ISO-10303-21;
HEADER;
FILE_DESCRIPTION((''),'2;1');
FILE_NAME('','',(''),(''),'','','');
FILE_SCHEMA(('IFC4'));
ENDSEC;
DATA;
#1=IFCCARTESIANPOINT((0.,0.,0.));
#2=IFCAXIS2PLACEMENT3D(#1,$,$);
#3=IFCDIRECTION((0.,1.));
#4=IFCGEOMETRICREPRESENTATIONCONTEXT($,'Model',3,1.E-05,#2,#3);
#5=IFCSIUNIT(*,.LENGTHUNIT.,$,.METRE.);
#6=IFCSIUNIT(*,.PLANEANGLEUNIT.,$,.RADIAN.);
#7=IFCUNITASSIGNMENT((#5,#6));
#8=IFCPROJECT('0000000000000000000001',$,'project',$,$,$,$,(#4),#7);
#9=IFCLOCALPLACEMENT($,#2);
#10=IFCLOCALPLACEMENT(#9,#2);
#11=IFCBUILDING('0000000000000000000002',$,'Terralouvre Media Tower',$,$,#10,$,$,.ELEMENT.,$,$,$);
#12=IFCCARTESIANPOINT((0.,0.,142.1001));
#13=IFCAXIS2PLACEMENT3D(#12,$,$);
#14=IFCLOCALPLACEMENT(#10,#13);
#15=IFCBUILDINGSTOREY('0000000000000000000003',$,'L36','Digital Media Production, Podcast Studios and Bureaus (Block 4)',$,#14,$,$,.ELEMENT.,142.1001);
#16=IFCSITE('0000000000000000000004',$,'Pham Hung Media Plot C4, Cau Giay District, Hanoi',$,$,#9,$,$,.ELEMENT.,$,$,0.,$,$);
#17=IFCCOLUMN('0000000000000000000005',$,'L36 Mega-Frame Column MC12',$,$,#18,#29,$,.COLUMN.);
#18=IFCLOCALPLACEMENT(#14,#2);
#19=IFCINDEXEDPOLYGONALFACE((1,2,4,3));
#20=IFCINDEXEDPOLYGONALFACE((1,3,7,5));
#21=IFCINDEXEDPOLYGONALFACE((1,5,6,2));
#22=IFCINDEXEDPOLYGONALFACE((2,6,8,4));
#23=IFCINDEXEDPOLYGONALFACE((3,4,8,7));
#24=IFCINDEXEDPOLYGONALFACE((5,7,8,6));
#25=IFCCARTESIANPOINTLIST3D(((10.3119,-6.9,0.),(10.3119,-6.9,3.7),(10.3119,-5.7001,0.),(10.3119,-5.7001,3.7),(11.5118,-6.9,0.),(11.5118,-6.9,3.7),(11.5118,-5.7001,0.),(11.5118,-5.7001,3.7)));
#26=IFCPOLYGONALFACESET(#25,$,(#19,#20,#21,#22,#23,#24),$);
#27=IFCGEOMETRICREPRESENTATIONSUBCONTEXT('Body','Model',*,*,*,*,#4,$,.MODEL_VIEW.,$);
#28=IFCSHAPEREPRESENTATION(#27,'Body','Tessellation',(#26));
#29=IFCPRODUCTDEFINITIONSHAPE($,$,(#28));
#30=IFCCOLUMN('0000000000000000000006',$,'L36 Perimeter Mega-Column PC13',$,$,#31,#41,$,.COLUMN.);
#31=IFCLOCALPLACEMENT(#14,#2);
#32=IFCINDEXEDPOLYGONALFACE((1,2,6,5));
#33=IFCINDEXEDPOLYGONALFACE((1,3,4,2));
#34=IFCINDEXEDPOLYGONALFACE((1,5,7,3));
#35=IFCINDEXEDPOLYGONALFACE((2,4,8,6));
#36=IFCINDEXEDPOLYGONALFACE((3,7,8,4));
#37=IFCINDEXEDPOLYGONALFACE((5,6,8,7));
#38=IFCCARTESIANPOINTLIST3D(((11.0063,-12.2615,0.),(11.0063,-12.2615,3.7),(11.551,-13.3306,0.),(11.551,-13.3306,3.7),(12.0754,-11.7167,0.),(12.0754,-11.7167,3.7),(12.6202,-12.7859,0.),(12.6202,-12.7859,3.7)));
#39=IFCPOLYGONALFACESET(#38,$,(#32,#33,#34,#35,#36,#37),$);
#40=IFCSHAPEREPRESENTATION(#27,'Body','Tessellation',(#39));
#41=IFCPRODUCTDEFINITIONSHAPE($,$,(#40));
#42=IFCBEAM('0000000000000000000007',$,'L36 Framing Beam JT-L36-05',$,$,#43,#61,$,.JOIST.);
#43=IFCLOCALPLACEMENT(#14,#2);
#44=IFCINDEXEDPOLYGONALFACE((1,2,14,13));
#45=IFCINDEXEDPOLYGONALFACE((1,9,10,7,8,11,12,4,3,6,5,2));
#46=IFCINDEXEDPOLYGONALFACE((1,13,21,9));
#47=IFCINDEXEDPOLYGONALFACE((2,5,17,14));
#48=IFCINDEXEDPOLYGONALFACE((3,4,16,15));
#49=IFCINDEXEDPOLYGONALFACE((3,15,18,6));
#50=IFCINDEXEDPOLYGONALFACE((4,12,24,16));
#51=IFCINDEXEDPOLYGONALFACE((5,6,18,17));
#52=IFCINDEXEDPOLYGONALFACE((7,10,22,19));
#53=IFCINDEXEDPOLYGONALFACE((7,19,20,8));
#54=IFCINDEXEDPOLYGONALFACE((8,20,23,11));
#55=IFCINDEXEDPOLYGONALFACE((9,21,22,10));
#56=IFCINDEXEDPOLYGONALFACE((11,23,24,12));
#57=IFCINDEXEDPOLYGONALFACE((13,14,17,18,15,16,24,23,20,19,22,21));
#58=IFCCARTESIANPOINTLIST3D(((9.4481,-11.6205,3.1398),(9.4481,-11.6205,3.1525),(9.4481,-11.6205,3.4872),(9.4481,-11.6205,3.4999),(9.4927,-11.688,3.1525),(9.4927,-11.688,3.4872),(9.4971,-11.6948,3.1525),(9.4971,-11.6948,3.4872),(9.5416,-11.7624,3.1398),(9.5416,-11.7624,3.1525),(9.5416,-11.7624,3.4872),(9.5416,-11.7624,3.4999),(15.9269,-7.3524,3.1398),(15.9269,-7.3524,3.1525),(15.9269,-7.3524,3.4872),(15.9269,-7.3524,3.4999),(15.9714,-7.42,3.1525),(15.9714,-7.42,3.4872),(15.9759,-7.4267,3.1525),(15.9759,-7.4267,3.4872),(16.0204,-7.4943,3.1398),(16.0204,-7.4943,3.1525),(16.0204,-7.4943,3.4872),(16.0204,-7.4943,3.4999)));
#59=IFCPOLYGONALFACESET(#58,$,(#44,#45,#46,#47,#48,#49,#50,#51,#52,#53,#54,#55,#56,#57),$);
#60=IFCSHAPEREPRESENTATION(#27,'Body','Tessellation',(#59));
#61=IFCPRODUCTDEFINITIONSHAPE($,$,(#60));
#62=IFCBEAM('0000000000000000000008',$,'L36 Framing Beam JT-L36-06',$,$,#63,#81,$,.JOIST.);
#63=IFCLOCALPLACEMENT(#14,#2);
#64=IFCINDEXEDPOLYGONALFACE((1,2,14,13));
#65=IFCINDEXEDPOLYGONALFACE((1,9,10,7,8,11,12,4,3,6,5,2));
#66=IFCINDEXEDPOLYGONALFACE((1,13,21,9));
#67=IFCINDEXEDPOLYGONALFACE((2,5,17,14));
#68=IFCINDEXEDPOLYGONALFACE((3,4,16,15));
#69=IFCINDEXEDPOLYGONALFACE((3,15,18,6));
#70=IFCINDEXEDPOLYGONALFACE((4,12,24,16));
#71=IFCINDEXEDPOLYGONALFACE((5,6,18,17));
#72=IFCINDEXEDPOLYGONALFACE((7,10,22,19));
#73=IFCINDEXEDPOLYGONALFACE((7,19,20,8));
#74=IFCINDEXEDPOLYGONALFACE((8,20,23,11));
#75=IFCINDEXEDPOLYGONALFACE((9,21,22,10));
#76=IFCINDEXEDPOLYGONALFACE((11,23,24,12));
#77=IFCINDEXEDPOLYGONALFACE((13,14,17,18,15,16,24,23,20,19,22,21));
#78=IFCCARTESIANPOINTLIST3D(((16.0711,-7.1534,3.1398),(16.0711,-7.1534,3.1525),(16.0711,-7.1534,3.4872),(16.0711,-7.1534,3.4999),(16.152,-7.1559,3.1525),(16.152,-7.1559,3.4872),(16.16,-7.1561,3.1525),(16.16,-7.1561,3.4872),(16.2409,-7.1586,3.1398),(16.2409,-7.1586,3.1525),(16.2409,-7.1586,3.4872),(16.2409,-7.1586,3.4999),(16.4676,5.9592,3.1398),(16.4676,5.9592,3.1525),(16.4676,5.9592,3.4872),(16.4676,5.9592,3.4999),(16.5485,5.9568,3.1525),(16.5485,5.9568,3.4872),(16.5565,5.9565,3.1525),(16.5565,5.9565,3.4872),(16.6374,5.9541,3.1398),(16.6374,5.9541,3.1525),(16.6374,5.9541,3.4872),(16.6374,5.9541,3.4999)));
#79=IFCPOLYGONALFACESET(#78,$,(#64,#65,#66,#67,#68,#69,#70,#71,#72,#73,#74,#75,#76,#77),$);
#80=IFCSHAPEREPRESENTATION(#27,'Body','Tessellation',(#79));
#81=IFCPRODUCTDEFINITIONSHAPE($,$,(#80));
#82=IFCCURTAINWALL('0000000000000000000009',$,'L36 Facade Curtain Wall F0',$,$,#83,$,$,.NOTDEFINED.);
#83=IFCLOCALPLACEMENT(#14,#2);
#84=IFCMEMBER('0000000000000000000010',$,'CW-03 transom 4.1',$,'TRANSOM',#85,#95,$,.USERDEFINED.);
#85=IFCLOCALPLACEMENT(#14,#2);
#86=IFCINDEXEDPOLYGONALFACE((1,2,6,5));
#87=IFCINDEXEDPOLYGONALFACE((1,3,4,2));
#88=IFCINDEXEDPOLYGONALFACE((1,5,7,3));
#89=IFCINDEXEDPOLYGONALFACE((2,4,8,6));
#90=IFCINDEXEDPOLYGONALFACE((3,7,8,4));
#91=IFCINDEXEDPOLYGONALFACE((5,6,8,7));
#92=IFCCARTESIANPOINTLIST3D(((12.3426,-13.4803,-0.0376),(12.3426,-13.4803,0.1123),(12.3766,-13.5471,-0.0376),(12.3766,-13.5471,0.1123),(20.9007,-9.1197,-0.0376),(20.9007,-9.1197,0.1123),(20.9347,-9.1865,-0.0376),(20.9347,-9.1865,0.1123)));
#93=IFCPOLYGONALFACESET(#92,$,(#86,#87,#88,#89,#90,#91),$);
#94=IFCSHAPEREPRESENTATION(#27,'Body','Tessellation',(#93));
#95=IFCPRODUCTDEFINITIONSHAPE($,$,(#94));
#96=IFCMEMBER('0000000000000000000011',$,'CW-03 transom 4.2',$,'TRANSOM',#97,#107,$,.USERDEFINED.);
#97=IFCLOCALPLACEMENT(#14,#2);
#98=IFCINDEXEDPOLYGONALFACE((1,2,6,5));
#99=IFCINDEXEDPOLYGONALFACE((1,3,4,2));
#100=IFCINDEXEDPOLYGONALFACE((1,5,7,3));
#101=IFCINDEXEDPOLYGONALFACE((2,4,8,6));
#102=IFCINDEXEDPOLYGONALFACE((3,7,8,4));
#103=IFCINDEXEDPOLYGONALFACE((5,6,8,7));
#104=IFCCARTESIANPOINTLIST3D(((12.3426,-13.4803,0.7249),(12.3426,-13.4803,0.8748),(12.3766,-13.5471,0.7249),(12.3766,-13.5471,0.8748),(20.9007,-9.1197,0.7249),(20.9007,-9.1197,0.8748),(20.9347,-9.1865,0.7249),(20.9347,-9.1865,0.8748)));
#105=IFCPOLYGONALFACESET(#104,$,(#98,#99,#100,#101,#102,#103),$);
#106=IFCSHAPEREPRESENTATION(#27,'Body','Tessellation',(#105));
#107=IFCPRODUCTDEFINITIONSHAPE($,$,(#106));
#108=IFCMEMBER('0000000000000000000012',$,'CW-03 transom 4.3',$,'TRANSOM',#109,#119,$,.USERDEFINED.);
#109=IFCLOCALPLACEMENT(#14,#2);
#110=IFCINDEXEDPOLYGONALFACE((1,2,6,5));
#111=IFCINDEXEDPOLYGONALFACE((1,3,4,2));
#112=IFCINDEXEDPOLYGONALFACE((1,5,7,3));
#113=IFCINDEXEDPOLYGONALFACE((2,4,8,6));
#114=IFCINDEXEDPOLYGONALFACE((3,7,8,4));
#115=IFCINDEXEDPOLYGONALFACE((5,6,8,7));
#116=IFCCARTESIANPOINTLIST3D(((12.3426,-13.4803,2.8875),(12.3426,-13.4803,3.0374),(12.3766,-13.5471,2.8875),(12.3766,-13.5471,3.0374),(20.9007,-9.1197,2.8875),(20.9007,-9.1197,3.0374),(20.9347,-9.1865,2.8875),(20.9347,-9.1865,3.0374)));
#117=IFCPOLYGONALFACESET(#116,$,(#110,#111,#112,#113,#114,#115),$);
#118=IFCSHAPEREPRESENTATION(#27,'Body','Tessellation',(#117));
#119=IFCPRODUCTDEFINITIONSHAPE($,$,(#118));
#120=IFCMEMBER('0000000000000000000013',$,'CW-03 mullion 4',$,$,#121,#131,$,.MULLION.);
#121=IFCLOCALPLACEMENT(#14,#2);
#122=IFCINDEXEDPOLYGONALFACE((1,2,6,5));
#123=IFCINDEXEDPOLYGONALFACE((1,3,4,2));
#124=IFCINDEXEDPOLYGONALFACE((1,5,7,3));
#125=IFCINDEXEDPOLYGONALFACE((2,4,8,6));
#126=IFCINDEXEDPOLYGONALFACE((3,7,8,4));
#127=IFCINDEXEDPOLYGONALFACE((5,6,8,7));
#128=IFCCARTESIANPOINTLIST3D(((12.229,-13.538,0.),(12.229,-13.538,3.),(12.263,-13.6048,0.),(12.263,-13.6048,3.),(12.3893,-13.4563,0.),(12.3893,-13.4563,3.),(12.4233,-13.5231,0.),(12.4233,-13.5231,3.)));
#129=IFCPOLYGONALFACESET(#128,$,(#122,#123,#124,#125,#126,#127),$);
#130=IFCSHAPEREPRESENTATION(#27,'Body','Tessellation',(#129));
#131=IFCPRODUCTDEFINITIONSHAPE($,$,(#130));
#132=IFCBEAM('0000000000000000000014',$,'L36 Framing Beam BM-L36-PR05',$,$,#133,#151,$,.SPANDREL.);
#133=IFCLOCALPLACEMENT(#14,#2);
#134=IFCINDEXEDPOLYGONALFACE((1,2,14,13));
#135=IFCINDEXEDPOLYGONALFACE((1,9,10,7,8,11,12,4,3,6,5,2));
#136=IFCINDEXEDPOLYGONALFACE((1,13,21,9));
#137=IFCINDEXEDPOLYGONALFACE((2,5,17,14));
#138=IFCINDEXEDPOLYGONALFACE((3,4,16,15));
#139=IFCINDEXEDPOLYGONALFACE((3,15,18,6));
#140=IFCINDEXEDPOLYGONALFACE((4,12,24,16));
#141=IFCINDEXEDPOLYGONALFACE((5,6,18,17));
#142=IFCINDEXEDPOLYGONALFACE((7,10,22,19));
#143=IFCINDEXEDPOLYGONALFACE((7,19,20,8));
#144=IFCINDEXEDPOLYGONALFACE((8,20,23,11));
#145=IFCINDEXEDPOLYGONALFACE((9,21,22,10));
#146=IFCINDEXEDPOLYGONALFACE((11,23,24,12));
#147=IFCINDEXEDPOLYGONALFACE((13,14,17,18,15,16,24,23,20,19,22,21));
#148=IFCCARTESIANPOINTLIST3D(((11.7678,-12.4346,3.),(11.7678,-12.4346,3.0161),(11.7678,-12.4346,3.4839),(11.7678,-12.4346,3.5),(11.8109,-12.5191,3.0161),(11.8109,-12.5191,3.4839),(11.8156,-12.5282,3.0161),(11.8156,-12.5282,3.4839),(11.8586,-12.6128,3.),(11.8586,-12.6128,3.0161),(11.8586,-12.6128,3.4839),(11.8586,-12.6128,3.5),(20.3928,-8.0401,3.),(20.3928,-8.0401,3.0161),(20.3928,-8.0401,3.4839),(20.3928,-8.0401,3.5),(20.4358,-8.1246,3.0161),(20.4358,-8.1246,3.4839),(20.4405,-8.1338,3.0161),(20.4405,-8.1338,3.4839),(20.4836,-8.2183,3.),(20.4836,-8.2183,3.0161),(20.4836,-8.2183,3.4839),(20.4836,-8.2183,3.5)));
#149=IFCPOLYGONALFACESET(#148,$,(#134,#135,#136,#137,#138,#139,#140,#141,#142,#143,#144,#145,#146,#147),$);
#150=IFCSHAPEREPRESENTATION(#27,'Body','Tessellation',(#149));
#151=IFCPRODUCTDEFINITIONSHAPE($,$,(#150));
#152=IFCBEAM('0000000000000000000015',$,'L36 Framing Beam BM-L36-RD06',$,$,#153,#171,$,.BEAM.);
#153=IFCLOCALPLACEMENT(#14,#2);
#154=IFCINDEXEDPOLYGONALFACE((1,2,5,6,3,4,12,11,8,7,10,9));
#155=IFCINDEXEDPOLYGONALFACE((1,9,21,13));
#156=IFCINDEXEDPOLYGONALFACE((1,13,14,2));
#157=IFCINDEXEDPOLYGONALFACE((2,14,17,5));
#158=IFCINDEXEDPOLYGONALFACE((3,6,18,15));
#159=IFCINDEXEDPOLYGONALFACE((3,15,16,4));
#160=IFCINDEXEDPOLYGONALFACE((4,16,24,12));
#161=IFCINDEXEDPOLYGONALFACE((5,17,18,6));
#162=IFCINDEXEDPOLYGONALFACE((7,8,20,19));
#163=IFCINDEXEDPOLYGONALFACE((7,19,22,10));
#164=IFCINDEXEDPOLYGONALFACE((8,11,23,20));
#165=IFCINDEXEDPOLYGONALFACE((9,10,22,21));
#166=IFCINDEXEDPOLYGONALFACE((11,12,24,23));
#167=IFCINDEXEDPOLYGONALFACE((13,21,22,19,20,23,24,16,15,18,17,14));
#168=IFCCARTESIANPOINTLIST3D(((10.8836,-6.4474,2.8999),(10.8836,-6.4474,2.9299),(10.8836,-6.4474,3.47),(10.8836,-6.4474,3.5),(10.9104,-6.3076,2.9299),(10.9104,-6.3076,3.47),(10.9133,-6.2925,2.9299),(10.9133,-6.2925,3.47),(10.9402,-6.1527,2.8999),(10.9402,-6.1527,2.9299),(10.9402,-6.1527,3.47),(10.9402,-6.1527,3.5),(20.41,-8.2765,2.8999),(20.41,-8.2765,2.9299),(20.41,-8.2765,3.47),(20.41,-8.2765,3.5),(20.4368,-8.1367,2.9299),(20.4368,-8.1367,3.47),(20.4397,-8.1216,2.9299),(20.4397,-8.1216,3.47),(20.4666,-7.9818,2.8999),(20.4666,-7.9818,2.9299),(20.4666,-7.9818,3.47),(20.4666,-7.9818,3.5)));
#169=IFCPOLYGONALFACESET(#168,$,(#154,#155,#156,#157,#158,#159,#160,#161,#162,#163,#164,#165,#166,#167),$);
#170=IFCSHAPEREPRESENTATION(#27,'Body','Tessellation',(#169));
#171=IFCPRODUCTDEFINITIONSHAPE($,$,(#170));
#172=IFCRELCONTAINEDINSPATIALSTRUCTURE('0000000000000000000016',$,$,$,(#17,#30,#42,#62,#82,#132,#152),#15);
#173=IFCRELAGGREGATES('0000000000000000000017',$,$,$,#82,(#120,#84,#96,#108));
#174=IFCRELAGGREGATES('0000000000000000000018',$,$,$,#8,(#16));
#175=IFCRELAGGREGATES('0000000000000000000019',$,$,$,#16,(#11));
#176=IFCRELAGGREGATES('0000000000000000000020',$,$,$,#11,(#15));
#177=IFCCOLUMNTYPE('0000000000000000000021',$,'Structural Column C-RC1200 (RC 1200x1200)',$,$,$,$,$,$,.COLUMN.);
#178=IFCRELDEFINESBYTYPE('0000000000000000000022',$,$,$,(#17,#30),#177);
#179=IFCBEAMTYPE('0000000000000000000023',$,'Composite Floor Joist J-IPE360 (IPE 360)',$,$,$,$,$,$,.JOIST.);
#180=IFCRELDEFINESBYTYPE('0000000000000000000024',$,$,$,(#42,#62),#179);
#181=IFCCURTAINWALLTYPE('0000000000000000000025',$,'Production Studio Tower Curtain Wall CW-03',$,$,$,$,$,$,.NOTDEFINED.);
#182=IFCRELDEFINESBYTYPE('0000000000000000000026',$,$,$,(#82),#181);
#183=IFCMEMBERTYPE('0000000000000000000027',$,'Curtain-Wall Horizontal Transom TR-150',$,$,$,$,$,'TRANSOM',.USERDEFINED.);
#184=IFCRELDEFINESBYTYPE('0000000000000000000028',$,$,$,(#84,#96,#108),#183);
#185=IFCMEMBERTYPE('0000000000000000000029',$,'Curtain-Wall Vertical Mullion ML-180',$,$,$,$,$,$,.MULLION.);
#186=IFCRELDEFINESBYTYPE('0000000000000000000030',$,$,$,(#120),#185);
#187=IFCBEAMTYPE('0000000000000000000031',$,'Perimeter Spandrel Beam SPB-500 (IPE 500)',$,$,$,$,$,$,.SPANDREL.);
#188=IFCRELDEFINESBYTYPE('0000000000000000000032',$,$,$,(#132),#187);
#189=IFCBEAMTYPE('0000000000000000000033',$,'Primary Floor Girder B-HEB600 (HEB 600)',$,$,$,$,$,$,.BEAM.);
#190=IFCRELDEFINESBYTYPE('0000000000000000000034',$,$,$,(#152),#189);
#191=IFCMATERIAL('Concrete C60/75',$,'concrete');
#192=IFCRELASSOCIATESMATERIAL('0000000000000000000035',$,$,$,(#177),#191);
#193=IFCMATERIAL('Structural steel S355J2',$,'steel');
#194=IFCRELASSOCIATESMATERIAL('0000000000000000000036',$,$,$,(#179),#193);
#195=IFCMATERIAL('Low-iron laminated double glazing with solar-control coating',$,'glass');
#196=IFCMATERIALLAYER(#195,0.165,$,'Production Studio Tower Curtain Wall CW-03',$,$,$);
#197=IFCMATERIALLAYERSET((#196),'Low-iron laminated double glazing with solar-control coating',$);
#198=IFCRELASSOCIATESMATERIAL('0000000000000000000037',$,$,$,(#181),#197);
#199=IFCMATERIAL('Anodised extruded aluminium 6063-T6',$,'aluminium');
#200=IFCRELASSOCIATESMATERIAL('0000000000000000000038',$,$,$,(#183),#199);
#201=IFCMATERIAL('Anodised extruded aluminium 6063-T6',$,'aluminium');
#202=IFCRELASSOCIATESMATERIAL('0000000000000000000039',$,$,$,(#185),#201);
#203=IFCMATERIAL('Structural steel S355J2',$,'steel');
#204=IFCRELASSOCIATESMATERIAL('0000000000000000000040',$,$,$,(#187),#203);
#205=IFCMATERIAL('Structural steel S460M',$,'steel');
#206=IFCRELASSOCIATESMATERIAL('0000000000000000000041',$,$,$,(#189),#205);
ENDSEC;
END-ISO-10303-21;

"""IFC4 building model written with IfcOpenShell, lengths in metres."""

from ifc_helpers import new_model, si_unit, direction, frame, origin, origin_2d, place, context, subcontext, project, spatial, rectangle, i_section, extrude, material, layer, layer_set, material_profile, profile_set, type_object, element, aggregate, save


model = new_model("IFC4")

# Units and contexts
model_context = context("Model", 3, precision=1e-05, world=origin(), true_north=direction((0.0, 1.0)))
body_context = subcontext(model_context, "Body", "Model", "MODEL_VIEW")
ifc_project = project(units=[si_unit("LENGTHUNIT", "METRE"), si_unit("PLANEANGLEUNIT", "RADIAN")], contexts=[model_context])

# Site, building, storey
site_placement = place(None, origin())
site = spatial("IfcSite", under=ifc_project, at=site_placement, Name="Pham Hung Media Plot C4, Cau Giay District, Hanoi", CompositionType="ELEMENT", RefElevation=0.0)
building_placement = place(site_placement, origin())
building = spatial("IfcBuilding", under=site, at=building_placement, Name="Terralouvre Media Tower", CompositionType="ELEMENT")
storey_placement = place(building_placement, frame((0.0, 0.0, 142.1001)))
storey = spatial("IfcBuildingStorey", under=building, at=storey_placement, Name="L36", Description="Digital Media Production, Podcast Studios and Bureaus (Block 4)", CompositionType="ELEMENT", Elevation=142.1001)

# Columns
ifc_material_1 = material(Name="Concrete C60/75", Category="concrete")
ifc_material_profile_1 = material_profile(ifc_material_1, rectangle(XDim=1.2, YDim=1.2, at=origin_2d()), Name="RC 1200x1200")
ifc_profile_set_1 = profile_set([ifc_material_profile_1], Name="Concrete C60/75")
column_type = type_object("IfcColumnType", Name="Structural Column C-RC1200 (RC 1200x1200)", PredefinedType="COLUMN", material=ifc_profile_set_1)
for number, where, z_axis, x_axis, name in (
    (1, (10.9119, -6.3, 0.0), (0.0, 0.0, 1.0), (1.0, 0.0, 0.0), "L36 Mega-Frame Column MC12"),
    (2, (11.8132, -12.5237, 0.0), (0.0, 0.0, 1.0), (0.891007, 0.45399, 0.0), "L36 Perimeter Mega-Column PC13"),
):
    element("IfcColumn", number, at=place(storey_placement, frame(where, z_axis=z_axis, x_axis=x_axis)), inside=storey, type_object=column_type, Name=name, PredefinedType="COLUMN", context=body_context, shape_type="SweptSolid", body=[
        extrude(rectangle(XDim=1.2, YDim=1.2, at=origin_2d()), origin(), (0.0, 0.0, 1.0), 3.7),
    ])

# Beams
ifc_material_2 = material(Name="Structural steel S355J2", Category="steel")
ifc_material_profile_2 = material_profile(ifc_material_2, i_section(OverallWidth=0.1699, OverallDepth=0.3601, WebThickness=0.0081, FlangeThickness=0.0127, at=origin_2d()), Name="IPE 360")
ifc_profile_set_2 = profile_set([ifc_material_profile_2], Name="Structural steel S355J2")
beam_type_1 = type_object("IfcBeamType", Name="Composite Floor Joist J-IPE360 (IPE 360)", PredefinedType="JOIST", material=ifc_profile_set_2)
beam_1_placement = place(storey_placement, frame((9.4949, -11.6914, 3.3198), z_axis=(0.835078, 0.550131, 0.0), x_axis=(-0.550131, 0.835078, 0.0)))
element("IfcBeam", 3, at=beam_1_placement, inside=storey, type_object=beam_type_1, Name="L36 Framing Beam JT-L36-05", PredefinedType="JOIST", context=body_context, shape_type="SweptSolid", body=[
    extrude(i_section(OverallWidth=0.1699, OverallDepth=0.3601, WebThickness=0.0081, FlangeThickness=0.0127, at=origin_2d()), origin(), (0.0, 0.0, 1.0), 7.7583),
])
beam_2_placement = place(storey_placement, frame((16.156, -7.156, 3.3198), z_axis=(0.030223, 0.999543, 0.0), x_axis=(-0.999543, 0.030223, 0.0)))
element("IfcBeam", 4, at=beam_2_placement, inside=storey, type_object=beam_type_1, Name="L36 Framing Beam JT-L36-06", PredefinedType="JOIST", context=body_context, shape_type="SweptSolid", body=[
    extrude(i_section(OverallWidth=0.1699, OverallDepth=0.3601, WebThickness=0.0081, FlangeThickness=0.0127, at=origin_2d()), origin(), (0.0, 0.0, 1.0), 13.1187),
])

# Curtain wall, members
ifc_material_3 = material(Name="Low-iron laminated double glazing with solar-control coating", Category="glass")
ifc_layer_1 = layer(ifc_material_3, 0.165, Name="Production Studio Tower Curtain Wall CW-03")
ifc_layer_set_1 = layer_set([ifc_layer_1], Name="Low-iron laminated double glazing with solar-control coating")
curtain_wall_type = type_object("IfcCurtainWallType", Name="Production Studio Tower Curtain Wall CW-03", PredefinedType="NOTDEFINED", material=ifc_layer_set_1)
curtain_wall_placement = place(storey_placement, origin())
curtain_wall = element("IfcCurtainWall", 5, at=curtain_wall_placement, inside=storey, type_object=curtain_wall_type, Name="L36 Facade Curtain Wall F0", PredefinedType="NOTDEFINED")
ifc_material_4 = material(Name="Anodised extruded aluminium 6063-T6", Category="aluminium")
ifc_material_profile_3 = material_profile(ifc_material_4, rectangle(XDim=0.075, YDim=0.1499, at=origin_2d()), Name="ALU 75x150")
ifc_profile_set_3 = profile_set([ifc_material_profile_3], Name="Anodised extruded aluminium 6063-T6")
member_type_1 = type_object("IfcMemberType", Name="Curtain-Wall Horizontal Transom TR-150", ElementType="TRANSOM", PredefinedType="USERDEFINED", material=ifc_profile_set_3)
member_1_placement = place(storey_placement, frame((12.3596, -13.5137, 0.0374), z_axis=(0.891006, 0.453992, 0.0), x_axis=(-0.453992, 0.891006, 0.0)))
member_1 = element("IfcMember", 6, at=member_1_placement, type_object=member_type_1, Name="CW-03 transom 4.1", ObjectType="TRANSOM", PredefinedType="USERDEFINED", context=body_context, shape_type="SweptSolid", body=[
    extrude(rectangle(XDim=0.075, YDim=0.1499, at=origin_2d()), origin(), (0.0, 0.0, 1.0), 9.605),
])
member_2_placement = place(storey_placement, frame((12.3596, -13.5137, 0.7998), z_axis=(0.891006, 0.453992, 0.0), x_axis=(-0.453992, 0.891006, 0.0)))
member_2 = element("IfcMember", 7, at=member_2_placement, type_object=member_type_1, Name="CW-03 transom 4.2", ObjectType="TRANSOM", PredefinedType="USERDEFINED", context=body_context, shape_type="SweptSolid", body=[
    extrude(rectangle(XDim=0.075, YDim=0.1499, at=origin_2d()), origin(), (0.0, 0.0, 1.0), 9.605),
])
member_3_placement = place(storey_placement, frame((12.3596, -13.5137, 2.9624), z_axis=(0.891006, 0.453992, 0.0), x_axis=(-0.453992, 0.891006, 0.0)))
member_3 = element("IfcMember", 8, at=member_3_placement, type_object=member_type_1, Name="CW-03 transom 4.3", ObjectType="TRANSOM", PredefinedType="USERDEFINED", context=body_context, shape_type="SweptSolid", body=[
    extrude(rectangle(XDim=0.075, YDim=0.1499, at=origin_2d()), origin(), (0.0, 0.0, 1.0), 9.605),
])
ifc_material_5 = material(Name="Anodised extruded aluminium 6063-T6", Category="aluminium")
ifc_material_profile_4 = material_profile(ifc_material_5, rectangle(XDim=0.075, YDim=0.1799, at=origin_2d()), Name="ALU 75x180")
ifc_profile_set_4 = profile_set([ifc_material_profile_4], Name="Anodised extruded aluminium 6063-T6")
member_type_2 = type_object("IfcMemberType", Name="Curtain-Wall Vertical Mullion ML-180", PredefinedType="MULLION", material=ifc_profile_set_4)
member_4_placement = place(storey_placement, frame((12.3262, -13.5305, 0.0), z_axis=(0.0, 0.0, 1.0), x_axis=(-0.453991, 0.891007, 0.0)))
member_4 = element("IfcMember", 9, at=member_4_placement, type_object=member_type_2, Name="CW-03 mullion 4", PredefinedType="MULLION", context=body_context, shape_type="SweptSolid", body=[
    extrude(rectangle(XDim=0.075, YDim=0.1799, at=origin_2d()), origin(), (0.0, 0.0, 1.0), 3.0),
])

# Beams
ifc_material_6 = material(Name="Structural steel S355J2", Category="steel")
ifc_material_profile_5 = material_profile(ifc_material_6, i_section(OverallWidth=0.2, OverallDepth=0.5, WebThickness=0.0103, FlangeThickness=0.0161, at=origin_2d()), Name="IPE 500")
ifc_profile_set_5 = profile_set([ifc_material_profile_5], Name="Structural steel S355J2")
beam_type_2 = type_object("IfcBeamType", Name="Perimeter Spandrel Beam SPB-500 (IPE 500)", PredefinedType="SPANDREL", material=ifc_profile_set_5)
beam_3_placement = place(storey_placement, frame((11.8132, -12.5237, 3.25), z_axis=(0.891012, 0.45398, 0.0), x_axis=(-0.45398, 0.891012, 0.0)))
element("IfcBeam", 10, at=beam_3_placement, inside=storey, type_object=beam_type_2, Name="L36 Framing Beam BM-L36-PR05", PredefinedType="SPANDREL", context=body_context, shape_type="SweptSolid", body=[
    extrude(i_section(OverallWidth=0.2, OverallDepth=0.5, WebThickness=0.0103, FlangeThickness=0.0161, at=origin_2d()), origin(), (0.0, 0.0, 1.0), 9.6799),
])
ifc_material_7 = material(Name="Structural steel S460M", Category="steel")
ifc_material_profile_6 = material_profile(ifc_material_7, i_section(OverallWidth=0.3, OverallDepth=0.6001, WebThickness=0.0154, FlangeThickness=0.03, at=origin_2d()), Name="HEB 600")
ifc_profile_set_6 = profile_set([ifc_material_profile_6], Name="Structural steel S460M")
beam_type_3 = type_object("IfcBeamType", Name="Primary Floor Girder B-HEB600 (HEB 600)", PredefinedType="BEAM", material=ifc_profile_set_6)
beam_4_placement = place(storey_placement, frame((10.9119, -6.3, 3.2), z_axis=(0.982062, -0.18856, 0.0), x_axis=(0.18856, 0.982062, 0.0)))
element("IfcBeam", 11, at=beam_4_placement, inside=storey, type_object=beam_type_3, Name="L36 Framing Beam BM-L36-RD06", PredefinedType="BEAM", context=body_context, shape_type="SweptSolid", body=[
    extrude(i_section(OverallWidth=0.3, OverallDepth=0.6001, WebThickness=0.0154, FlangeThickness=0.03, at=origin_2d()), origin(), (0.0, 0.0, 1.0), 9.7004),
])

aggregate(curtain_wall, [member_4, member_1, member_2, member_3])

save(model, "model.ifc")
